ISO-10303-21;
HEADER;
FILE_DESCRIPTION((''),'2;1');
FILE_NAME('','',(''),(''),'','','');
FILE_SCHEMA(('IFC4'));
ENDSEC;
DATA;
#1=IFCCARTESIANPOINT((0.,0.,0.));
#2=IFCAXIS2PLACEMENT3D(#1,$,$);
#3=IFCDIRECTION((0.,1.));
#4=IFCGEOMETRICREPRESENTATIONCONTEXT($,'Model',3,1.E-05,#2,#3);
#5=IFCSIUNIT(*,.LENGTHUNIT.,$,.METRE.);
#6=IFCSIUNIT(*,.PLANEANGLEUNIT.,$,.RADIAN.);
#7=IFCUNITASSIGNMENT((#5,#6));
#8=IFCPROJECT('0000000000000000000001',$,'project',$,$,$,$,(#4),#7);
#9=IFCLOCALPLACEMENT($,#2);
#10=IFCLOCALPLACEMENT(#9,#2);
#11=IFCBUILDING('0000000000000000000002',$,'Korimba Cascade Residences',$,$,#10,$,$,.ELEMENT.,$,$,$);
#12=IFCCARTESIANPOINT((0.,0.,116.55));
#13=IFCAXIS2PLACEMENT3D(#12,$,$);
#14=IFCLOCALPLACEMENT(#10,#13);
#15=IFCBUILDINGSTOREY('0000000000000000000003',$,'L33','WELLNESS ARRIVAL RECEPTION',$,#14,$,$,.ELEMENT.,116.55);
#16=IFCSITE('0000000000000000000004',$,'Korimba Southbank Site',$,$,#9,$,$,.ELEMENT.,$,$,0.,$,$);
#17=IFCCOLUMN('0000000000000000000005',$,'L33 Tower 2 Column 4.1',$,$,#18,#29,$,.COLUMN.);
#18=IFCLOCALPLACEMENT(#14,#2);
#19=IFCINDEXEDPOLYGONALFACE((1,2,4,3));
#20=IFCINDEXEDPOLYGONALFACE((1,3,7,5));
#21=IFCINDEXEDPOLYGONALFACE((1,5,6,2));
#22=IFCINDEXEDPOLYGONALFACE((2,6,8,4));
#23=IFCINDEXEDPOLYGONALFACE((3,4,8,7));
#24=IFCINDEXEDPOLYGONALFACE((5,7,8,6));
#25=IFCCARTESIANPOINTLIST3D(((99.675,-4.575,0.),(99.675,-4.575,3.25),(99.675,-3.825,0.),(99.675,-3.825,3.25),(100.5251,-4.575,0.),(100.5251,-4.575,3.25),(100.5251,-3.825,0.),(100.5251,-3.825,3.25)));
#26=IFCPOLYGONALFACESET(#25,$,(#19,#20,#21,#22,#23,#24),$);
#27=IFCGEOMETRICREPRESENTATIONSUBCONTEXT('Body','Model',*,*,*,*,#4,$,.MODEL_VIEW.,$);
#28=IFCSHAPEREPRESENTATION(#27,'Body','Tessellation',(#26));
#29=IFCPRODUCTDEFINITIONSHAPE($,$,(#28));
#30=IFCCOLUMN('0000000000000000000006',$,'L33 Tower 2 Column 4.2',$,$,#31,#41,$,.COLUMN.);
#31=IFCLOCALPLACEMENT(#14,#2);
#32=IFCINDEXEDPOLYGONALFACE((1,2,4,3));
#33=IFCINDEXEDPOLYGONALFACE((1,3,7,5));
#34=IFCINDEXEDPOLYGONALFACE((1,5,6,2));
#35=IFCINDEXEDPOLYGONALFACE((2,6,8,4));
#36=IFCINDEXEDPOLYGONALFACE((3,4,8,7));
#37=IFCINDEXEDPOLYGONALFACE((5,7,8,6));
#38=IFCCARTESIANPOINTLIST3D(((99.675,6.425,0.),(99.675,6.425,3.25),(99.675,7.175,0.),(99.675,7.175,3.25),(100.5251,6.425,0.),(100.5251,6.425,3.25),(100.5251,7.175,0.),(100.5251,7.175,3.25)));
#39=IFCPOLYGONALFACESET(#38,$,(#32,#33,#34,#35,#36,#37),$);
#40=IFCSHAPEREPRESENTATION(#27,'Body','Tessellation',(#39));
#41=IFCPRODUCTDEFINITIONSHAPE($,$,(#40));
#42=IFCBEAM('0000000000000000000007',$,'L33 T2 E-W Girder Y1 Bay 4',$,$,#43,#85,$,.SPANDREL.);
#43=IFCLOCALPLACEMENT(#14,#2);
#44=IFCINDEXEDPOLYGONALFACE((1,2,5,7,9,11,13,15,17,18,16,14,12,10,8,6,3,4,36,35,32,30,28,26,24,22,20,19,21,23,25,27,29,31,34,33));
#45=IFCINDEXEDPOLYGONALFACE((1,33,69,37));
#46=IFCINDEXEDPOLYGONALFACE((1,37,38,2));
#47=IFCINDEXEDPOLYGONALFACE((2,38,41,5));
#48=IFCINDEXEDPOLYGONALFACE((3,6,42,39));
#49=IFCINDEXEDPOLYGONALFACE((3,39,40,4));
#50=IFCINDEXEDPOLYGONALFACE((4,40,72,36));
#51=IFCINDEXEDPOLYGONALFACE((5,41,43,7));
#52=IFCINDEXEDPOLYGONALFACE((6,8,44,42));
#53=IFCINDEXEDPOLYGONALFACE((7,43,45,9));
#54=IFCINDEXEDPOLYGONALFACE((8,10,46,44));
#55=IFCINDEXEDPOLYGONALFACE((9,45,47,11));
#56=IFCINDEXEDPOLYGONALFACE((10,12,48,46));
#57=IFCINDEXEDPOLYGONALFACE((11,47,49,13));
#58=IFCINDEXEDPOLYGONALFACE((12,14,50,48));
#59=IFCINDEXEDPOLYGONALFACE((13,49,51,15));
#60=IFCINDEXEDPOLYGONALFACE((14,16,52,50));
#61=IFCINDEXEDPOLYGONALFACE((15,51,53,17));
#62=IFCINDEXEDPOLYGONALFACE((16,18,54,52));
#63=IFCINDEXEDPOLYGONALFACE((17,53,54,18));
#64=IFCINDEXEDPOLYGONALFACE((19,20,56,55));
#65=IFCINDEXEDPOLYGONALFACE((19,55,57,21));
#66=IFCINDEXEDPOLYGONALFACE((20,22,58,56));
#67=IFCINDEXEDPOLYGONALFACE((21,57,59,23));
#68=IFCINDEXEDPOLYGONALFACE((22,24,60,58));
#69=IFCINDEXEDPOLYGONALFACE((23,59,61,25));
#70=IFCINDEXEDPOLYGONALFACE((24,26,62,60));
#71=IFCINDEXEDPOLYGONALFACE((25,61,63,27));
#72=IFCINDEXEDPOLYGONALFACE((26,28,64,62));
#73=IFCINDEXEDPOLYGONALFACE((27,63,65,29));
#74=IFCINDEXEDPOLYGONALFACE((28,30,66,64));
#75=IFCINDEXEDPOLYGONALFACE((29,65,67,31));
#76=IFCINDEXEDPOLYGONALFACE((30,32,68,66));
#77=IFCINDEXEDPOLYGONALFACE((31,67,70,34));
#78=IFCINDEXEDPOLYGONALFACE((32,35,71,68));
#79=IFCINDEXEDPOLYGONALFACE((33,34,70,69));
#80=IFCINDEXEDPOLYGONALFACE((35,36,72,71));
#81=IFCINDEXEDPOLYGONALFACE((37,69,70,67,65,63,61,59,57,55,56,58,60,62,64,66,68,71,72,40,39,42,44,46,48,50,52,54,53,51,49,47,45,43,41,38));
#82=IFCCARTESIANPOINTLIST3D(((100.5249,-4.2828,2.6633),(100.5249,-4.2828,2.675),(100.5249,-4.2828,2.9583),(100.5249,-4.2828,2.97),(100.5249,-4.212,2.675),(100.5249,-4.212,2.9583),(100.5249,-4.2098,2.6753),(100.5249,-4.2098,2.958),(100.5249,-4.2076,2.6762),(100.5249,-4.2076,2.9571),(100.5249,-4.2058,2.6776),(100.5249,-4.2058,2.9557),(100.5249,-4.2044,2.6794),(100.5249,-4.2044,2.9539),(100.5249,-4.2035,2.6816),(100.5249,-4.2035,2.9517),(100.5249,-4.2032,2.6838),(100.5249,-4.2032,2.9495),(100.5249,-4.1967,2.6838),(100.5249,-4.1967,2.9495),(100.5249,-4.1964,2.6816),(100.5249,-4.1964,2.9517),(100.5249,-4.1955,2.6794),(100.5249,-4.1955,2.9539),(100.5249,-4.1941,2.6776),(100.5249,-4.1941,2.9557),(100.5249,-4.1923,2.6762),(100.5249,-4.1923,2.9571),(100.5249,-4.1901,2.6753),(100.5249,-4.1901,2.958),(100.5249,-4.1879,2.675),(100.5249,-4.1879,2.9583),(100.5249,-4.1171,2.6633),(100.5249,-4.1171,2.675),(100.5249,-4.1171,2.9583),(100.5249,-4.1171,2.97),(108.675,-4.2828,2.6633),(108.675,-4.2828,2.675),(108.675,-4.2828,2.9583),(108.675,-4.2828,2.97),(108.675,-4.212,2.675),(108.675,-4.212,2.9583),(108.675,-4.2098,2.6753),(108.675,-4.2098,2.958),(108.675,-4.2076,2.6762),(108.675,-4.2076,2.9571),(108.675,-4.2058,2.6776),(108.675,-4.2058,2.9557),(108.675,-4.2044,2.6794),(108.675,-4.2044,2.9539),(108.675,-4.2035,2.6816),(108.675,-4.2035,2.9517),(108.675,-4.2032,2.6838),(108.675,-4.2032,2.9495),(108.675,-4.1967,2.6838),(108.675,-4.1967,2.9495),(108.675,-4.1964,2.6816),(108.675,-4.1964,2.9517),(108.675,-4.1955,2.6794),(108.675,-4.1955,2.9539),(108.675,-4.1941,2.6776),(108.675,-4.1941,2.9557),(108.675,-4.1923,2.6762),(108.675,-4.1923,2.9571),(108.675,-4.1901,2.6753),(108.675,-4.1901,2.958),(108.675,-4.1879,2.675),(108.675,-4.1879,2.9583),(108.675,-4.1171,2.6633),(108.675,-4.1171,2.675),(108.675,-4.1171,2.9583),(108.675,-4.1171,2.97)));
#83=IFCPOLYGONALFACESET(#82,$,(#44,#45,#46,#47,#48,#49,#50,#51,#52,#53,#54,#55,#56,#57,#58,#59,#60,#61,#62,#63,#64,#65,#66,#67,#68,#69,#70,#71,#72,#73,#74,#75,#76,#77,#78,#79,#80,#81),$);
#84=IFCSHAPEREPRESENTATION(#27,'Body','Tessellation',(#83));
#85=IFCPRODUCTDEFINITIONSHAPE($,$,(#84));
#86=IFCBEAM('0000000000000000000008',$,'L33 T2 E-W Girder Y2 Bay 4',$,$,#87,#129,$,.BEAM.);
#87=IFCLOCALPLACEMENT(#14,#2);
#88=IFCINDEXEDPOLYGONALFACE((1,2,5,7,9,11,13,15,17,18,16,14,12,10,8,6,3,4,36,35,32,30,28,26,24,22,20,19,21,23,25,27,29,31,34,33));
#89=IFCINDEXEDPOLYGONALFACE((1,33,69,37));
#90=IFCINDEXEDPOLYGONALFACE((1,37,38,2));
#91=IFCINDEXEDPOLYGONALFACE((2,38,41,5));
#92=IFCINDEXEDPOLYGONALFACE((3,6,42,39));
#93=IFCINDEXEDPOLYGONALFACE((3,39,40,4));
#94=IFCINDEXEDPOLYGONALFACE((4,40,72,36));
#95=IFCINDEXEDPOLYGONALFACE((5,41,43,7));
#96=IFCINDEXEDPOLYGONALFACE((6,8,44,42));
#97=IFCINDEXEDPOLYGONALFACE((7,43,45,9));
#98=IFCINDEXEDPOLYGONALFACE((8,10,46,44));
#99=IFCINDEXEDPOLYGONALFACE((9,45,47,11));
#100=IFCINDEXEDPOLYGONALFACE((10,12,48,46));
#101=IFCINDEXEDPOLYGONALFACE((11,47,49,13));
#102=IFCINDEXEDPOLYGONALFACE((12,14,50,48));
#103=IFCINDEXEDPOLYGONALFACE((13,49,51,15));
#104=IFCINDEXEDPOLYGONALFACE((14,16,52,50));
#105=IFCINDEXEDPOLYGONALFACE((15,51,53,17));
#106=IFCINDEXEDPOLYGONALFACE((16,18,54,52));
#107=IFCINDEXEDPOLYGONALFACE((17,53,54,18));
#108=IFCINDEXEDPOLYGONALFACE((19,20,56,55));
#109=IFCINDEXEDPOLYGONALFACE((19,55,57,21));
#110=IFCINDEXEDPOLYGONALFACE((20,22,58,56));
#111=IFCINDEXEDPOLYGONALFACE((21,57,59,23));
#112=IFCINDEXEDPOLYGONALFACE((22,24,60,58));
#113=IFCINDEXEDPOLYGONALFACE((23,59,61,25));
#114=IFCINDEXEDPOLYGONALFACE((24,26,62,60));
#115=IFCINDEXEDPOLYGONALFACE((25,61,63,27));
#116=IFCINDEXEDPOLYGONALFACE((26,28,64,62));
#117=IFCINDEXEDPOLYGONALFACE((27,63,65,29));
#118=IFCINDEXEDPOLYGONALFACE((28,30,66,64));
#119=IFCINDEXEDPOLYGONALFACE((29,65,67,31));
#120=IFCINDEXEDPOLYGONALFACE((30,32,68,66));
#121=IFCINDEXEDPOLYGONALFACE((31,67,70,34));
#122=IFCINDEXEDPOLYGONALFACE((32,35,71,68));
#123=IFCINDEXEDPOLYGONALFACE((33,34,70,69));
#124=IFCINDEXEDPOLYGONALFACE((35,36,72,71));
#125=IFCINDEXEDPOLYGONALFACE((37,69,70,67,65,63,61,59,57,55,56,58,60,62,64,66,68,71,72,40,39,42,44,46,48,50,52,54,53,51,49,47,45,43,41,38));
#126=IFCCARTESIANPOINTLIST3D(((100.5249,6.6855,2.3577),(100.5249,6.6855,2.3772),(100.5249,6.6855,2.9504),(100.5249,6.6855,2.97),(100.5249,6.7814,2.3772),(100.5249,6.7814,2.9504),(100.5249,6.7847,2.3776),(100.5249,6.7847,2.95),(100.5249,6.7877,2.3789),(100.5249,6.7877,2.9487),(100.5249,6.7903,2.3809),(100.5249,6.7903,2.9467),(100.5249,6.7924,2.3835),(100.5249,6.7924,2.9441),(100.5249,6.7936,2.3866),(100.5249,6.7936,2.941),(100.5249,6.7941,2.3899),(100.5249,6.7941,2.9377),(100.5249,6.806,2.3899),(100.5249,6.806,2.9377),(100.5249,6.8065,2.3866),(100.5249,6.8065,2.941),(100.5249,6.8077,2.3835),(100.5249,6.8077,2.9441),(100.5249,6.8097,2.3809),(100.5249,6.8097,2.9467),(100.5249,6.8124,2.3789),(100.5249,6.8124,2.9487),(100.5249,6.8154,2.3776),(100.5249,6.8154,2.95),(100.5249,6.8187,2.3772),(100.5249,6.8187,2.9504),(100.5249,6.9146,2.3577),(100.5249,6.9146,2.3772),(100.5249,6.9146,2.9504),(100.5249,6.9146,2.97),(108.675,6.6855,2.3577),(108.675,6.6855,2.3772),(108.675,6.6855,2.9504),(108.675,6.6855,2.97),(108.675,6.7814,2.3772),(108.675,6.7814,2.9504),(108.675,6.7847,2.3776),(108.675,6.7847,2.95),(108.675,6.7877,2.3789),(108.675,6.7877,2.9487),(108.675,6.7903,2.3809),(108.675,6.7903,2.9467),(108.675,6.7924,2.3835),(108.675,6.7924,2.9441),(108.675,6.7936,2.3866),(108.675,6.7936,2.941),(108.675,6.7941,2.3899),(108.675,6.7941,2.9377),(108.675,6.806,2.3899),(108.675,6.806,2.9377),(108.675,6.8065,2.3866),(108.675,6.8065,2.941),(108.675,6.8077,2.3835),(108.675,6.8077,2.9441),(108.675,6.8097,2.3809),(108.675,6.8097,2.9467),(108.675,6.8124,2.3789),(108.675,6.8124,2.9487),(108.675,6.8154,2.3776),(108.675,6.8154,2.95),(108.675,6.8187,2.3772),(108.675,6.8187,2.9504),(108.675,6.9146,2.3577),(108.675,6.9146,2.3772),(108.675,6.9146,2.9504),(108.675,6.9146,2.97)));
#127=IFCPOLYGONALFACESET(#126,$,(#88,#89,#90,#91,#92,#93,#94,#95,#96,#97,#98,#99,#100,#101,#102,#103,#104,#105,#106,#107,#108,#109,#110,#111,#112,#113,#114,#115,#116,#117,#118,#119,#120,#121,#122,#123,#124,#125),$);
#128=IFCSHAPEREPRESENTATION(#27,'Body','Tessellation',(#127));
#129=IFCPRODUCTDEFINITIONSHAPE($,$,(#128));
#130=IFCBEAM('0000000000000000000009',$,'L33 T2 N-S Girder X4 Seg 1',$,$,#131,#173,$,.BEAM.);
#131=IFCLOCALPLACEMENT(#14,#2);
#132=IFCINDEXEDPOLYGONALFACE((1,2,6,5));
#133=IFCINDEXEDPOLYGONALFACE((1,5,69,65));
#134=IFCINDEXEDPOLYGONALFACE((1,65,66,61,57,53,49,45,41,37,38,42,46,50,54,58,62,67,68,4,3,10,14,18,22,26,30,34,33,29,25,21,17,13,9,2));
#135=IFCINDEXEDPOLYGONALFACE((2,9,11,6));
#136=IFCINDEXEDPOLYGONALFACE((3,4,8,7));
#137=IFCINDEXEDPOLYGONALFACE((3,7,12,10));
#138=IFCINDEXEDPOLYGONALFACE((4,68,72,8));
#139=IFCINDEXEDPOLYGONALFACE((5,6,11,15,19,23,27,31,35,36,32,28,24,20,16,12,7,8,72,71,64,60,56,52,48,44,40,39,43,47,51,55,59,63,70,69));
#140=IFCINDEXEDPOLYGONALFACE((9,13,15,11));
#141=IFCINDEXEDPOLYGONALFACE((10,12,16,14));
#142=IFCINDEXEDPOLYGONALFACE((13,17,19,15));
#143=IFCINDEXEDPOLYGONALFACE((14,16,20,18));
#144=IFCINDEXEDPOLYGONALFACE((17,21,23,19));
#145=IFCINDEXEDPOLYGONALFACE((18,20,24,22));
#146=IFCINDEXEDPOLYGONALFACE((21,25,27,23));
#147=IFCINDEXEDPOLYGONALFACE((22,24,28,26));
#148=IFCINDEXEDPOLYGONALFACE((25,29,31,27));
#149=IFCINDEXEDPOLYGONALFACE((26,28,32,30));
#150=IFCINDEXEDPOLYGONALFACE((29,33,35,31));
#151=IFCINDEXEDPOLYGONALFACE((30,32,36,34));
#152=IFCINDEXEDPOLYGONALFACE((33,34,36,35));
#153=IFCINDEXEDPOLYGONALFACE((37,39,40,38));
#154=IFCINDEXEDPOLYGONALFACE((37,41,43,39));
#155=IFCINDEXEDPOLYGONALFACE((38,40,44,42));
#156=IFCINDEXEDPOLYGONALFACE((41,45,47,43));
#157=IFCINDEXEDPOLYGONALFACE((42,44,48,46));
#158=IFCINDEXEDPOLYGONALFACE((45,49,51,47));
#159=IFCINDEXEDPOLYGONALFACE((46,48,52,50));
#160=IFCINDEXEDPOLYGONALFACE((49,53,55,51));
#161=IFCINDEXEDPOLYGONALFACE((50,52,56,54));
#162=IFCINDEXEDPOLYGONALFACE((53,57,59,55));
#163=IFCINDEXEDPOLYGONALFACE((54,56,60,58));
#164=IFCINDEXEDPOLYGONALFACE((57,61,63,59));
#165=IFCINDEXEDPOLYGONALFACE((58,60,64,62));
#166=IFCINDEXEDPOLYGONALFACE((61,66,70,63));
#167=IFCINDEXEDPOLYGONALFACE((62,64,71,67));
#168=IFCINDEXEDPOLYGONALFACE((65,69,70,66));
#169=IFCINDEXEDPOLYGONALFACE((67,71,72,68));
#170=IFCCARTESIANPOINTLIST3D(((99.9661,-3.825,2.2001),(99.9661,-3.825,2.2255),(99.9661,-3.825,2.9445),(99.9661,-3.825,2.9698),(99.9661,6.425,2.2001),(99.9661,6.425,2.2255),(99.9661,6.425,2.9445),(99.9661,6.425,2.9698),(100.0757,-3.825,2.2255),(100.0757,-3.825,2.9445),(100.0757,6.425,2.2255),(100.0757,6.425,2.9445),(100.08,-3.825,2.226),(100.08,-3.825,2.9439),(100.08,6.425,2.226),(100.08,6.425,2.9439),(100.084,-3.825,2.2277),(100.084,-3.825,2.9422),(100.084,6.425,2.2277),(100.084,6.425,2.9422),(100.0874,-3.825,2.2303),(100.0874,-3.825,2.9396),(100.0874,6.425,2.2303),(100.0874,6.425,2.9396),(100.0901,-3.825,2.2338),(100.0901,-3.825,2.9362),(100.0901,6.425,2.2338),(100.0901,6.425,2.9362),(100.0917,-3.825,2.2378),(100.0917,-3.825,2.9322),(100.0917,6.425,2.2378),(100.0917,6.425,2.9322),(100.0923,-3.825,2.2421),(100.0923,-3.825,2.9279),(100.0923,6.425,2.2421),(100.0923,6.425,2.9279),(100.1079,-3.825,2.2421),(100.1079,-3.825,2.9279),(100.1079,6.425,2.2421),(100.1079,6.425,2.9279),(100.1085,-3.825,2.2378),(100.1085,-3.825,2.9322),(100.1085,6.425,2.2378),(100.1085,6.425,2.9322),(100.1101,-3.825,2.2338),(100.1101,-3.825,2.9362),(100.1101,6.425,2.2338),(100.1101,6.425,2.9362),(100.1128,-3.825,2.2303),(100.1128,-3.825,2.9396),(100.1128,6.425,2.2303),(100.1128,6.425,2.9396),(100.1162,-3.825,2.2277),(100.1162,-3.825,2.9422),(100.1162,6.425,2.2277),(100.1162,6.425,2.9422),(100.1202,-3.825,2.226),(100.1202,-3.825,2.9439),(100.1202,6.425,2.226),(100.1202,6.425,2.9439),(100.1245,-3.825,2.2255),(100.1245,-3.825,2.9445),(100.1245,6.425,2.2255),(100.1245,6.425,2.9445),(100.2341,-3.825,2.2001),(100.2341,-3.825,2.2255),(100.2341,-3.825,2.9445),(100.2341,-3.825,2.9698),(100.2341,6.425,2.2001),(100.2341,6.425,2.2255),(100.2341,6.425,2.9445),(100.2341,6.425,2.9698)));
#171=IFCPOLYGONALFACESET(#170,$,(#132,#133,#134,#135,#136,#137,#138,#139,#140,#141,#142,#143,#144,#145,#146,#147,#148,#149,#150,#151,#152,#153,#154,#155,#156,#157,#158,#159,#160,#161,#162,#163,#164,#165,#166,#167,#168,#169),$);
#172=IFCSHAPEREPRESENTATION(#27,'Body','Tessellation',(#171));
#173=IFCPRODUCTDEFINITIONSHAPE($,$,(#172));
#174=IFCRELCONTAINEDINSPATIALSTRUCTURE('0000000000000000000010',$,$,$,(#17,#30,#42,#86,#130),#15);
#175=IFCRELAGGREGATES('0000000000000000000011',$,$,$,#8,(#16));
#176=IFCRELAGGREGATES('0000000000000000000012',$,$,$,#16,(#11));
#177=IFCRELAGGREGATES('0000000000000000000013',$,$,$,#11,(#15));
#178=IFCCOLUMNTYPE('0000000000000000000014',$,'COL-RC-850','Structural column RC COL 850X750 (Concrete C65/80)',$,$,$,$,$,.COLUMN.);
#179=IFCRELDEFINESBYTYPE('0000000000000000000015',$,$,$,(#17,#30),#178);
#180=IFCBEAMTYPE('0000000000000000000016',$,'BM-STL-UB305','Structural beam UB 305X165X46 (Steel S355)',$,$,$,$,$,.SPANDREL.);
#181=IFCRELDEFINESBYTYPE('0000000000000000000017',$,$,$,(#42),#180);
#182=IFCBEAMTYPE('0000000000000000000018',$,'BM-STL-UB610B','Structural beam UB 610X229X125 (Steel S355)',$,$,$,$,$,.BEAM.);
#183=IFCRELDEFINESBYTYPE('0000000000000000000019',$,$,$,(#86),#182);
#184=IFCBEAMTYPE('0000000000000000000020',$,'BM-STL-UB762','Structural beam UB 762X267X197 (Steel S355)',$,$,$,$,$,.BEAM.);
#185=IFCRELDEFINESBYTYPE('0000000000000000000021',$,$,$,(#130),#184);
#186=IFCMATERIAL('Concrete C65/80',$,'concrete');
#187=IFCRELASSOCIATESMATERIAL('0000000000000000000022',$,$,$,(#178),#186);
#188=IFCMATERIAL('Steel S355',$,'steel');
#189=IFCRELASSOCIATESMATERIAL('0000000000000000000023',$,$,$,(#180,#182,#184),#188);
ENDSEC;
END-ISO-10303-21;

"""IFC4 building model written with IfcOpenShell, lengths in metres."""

from ifc_helpers import new_model, si_unit, direction, frame, origin, origin_2d, place, context, subcontext, project, spatial, rectangle, i_section, extrude, material, material_profile, profile_set, type_object, element, save


model = new_model("IFC4")

# Units and contexts
model_context = context("Model", 3, precision=1e-05, world=origin(), true_north=direction((0.0, 1.0)))
body_context = subcontext(model_context, "Body", "Model", "MODEL_VIEW")
ifc_project = project(units=[si_unit("LENGTHUNIT", "METRE"), si_unit("PLANEANGLEUNIT", "RADIAN")], contexts=[model_context])

# Site, building, storey
site_placement = place(None, origin())
site = spatial("IfcSite", under=ifc_project, at=site_placement, Name="Korimba Southbank Site", CompositionType="ELEMENT", RefElevation=0.0)
building_placement = place(site_placement, origin())
building = spatial("IfcBuilding", under=site, at=building_placement, Name="Korimba Cascade Residences", CompositionType="ELEMENT")
storey_placement = place(building_placement, frame((0.0, 0.0, 116.55)))
storey = spatial("IfcBuildingStorey", under=building, at=storey_placement, Name="L33", Description="WELLNESS ARRIVAL RECEPTION", CompositionType="ELEMENT", Elevation=116.55)

# Columns
ifc_material_1 = material(Name="Concrete C65/80", Category="concrete")
ifc_material_profile_1 = material_profile(ifc_material_1, rectangle(XDim=0.8501, YDim=0.75, at=origin_2d()), Name="Concrete C65/80")
ifc_profile_set_1 = profile_set([ifc_material_profile_1], Name="Concrete C65/80")
column_type = type_object("IfcColumnType", Name="COL-RC-850", Description="Structural column RC COL 850X750 (Concrete C65/80)", PredefinedType="COLUMN", material=ifc_profile_set_1)
for number, where, z_axis, x_axis, name in (
    (1, (100.1001, -4.2, 0.0), (0.0, 0.0, 1.0), (1.0, 0.0, 0.0), "L33 Tower 2 Column 4.1"),
    (2, (100.1001, 6.8, 0.0), (0.0, 0.0, 1.0), (1.0, 0.0, 0.0), "L33 Tower 2 Column 4.2"),
):
    element("IfcColumn", number, at=place(storey_placement, frame(where, z_axis=z_axis, x_axis=x_axis)), inside=storey, type_object=column_type, Name=name, PredefinedType="COLUMN", context=body_context, shape_type="SweptSolid", body=[
        extrude(rectangle(XDim=0.8501, YDim=0.75, at=origin_2d()), origin(), (0.0, 0.0, 1.0), 3.25),
    ])

# Beams
ifc_material_2 = material(Name="Steel S355", Category="steel")
ifc_material_profile_2 = material_profile(ifc_material_2, i_section(OverallWidth=0.1658, OverallDepth=0.3066, WebThickness=0.0066, FlangeThickness=0.0117, FilletRadius=0.0088, at=origin_2d()), Name="Steel S355")
ifc_profile_set_2 = profile_set([ifc_material_profile_2], Name="Steel S355")
beam_type_1 = type_object("IfcBeamType", Name="BM-STL-UB305", Description="Structural beam UB 305X165X46 (Steel S355)", PredefinedType="SPANDREL", material=ifc_profile_set_2)
beam_1_placement = place(storey_placement, frame((100.5249, -4.2, 2.8167), z_axis=(1.0, 0.0, 0.0), x_axis=(0.0, 1.0, 0.0)))
element("IfcBeam", 3, at=beam_1_placement, inside=storey, type_object=beam_type_1, Name="L33 T2 E-W Girder Y1 Bay 4", PredefinedType="SPANDREL", context=body_context, shape_type="SweptSolid", body=[
    extrude(i_section(OverallWidth=0.1658, OverallDepth=0.3066, WebThickness=0.0066, FlangeThickness=0.0117, FilletRadius=0.0088, at=origin_2d()), origin(), (0.0, 0.0, 1.0), 8.1501),
])
ifc_material_profile_3 = material_profile(ifc_material_2, i_section(OverallWidth=0.229, OverallDepth=0.6123, WebThickness=0.012, FlangeThickness=0.0195, FilletRadius=0.0127, at=origin_2d()), Name="Steel S355")
ifc_profile_set_3 = profile_set([ifc_material_profile_3], Name="Steel S355")
beam_type_2 = type_object("IfcBeamType", Name="BM-STL-UB610B", Description="Structural beam UB 610X229X125 (Steel S355)", PredefinedType="BEAM", material=ifc_profile_set_3)
beam_2_placement = place(storey_placement, frame((100.5249, 6.8, 2.6638), z_axis=(1.0, 0.0, 0.0), x_axis=(0.0, 1.0, 0.0)))
element("IfcBeam", 4, at=beam_2_placement, inside=storey, type_object=beam_type_2, Name="L33 T2 E-W Girder Y2 Bay 4", PredefinedType="BEAM", context=body_context, shape_type="SweptSolid", body=[
    extrude(i_section(OverallWidth=0.229, OverallDepth=0.6123, WebThickness=0.012, FlangeThickness=0.0195, FilletRadius=0.0127, at=origin_2d()), origin(), (0.0, 0.0, 1.0), 8.1501),
])
ifc_material_profile_4 = material_profile(ifc_material_2, i_section(OverallWidth=0.2681, OverallDepth=0.7698, WebThickness=0.0156, FlangeThickness=0.0254, FilletRadius=0.0166, at=origin_2d()), Name="Steel S355")
ifc_profile_set_4 = profile_set([ifc_material_profile_4], Name="Steel S355")
beam_type_3 = type_object("IfcBeamType", Name="BM-STL-UB762", Description="Structural beam UB 762X267X197 (Steel S355)", PredefinedType="BEAM", material=ifc_profile_set_4)
beam_3_placement = place(storey_placement, frame((100.1001, -3.825, 2.585), z_axis=(0.0, 1.0, 0.0), x_axis=(-1.0, 0.0, 0.0)))
element("IfcBeam", 5, at=beam_3_placement, inside=storey, type_object=beam_type_3, Name="L33 T2 N-S Girder X4 Seg 1", PredefinedType="BEAM", context=body_context, shape_type="SweptSolid", body=[
    extrude(i_section(OverallWidth=0.2681, OverallDepth=0.7698, WebThickness=0.0156, FlangeThickness=0.0254, FilletRadius=0.0166, at=origin_2d()), origin(), (0.0, 0.0, 1.0), 10.25),
])

save(model, "model.ifc")
